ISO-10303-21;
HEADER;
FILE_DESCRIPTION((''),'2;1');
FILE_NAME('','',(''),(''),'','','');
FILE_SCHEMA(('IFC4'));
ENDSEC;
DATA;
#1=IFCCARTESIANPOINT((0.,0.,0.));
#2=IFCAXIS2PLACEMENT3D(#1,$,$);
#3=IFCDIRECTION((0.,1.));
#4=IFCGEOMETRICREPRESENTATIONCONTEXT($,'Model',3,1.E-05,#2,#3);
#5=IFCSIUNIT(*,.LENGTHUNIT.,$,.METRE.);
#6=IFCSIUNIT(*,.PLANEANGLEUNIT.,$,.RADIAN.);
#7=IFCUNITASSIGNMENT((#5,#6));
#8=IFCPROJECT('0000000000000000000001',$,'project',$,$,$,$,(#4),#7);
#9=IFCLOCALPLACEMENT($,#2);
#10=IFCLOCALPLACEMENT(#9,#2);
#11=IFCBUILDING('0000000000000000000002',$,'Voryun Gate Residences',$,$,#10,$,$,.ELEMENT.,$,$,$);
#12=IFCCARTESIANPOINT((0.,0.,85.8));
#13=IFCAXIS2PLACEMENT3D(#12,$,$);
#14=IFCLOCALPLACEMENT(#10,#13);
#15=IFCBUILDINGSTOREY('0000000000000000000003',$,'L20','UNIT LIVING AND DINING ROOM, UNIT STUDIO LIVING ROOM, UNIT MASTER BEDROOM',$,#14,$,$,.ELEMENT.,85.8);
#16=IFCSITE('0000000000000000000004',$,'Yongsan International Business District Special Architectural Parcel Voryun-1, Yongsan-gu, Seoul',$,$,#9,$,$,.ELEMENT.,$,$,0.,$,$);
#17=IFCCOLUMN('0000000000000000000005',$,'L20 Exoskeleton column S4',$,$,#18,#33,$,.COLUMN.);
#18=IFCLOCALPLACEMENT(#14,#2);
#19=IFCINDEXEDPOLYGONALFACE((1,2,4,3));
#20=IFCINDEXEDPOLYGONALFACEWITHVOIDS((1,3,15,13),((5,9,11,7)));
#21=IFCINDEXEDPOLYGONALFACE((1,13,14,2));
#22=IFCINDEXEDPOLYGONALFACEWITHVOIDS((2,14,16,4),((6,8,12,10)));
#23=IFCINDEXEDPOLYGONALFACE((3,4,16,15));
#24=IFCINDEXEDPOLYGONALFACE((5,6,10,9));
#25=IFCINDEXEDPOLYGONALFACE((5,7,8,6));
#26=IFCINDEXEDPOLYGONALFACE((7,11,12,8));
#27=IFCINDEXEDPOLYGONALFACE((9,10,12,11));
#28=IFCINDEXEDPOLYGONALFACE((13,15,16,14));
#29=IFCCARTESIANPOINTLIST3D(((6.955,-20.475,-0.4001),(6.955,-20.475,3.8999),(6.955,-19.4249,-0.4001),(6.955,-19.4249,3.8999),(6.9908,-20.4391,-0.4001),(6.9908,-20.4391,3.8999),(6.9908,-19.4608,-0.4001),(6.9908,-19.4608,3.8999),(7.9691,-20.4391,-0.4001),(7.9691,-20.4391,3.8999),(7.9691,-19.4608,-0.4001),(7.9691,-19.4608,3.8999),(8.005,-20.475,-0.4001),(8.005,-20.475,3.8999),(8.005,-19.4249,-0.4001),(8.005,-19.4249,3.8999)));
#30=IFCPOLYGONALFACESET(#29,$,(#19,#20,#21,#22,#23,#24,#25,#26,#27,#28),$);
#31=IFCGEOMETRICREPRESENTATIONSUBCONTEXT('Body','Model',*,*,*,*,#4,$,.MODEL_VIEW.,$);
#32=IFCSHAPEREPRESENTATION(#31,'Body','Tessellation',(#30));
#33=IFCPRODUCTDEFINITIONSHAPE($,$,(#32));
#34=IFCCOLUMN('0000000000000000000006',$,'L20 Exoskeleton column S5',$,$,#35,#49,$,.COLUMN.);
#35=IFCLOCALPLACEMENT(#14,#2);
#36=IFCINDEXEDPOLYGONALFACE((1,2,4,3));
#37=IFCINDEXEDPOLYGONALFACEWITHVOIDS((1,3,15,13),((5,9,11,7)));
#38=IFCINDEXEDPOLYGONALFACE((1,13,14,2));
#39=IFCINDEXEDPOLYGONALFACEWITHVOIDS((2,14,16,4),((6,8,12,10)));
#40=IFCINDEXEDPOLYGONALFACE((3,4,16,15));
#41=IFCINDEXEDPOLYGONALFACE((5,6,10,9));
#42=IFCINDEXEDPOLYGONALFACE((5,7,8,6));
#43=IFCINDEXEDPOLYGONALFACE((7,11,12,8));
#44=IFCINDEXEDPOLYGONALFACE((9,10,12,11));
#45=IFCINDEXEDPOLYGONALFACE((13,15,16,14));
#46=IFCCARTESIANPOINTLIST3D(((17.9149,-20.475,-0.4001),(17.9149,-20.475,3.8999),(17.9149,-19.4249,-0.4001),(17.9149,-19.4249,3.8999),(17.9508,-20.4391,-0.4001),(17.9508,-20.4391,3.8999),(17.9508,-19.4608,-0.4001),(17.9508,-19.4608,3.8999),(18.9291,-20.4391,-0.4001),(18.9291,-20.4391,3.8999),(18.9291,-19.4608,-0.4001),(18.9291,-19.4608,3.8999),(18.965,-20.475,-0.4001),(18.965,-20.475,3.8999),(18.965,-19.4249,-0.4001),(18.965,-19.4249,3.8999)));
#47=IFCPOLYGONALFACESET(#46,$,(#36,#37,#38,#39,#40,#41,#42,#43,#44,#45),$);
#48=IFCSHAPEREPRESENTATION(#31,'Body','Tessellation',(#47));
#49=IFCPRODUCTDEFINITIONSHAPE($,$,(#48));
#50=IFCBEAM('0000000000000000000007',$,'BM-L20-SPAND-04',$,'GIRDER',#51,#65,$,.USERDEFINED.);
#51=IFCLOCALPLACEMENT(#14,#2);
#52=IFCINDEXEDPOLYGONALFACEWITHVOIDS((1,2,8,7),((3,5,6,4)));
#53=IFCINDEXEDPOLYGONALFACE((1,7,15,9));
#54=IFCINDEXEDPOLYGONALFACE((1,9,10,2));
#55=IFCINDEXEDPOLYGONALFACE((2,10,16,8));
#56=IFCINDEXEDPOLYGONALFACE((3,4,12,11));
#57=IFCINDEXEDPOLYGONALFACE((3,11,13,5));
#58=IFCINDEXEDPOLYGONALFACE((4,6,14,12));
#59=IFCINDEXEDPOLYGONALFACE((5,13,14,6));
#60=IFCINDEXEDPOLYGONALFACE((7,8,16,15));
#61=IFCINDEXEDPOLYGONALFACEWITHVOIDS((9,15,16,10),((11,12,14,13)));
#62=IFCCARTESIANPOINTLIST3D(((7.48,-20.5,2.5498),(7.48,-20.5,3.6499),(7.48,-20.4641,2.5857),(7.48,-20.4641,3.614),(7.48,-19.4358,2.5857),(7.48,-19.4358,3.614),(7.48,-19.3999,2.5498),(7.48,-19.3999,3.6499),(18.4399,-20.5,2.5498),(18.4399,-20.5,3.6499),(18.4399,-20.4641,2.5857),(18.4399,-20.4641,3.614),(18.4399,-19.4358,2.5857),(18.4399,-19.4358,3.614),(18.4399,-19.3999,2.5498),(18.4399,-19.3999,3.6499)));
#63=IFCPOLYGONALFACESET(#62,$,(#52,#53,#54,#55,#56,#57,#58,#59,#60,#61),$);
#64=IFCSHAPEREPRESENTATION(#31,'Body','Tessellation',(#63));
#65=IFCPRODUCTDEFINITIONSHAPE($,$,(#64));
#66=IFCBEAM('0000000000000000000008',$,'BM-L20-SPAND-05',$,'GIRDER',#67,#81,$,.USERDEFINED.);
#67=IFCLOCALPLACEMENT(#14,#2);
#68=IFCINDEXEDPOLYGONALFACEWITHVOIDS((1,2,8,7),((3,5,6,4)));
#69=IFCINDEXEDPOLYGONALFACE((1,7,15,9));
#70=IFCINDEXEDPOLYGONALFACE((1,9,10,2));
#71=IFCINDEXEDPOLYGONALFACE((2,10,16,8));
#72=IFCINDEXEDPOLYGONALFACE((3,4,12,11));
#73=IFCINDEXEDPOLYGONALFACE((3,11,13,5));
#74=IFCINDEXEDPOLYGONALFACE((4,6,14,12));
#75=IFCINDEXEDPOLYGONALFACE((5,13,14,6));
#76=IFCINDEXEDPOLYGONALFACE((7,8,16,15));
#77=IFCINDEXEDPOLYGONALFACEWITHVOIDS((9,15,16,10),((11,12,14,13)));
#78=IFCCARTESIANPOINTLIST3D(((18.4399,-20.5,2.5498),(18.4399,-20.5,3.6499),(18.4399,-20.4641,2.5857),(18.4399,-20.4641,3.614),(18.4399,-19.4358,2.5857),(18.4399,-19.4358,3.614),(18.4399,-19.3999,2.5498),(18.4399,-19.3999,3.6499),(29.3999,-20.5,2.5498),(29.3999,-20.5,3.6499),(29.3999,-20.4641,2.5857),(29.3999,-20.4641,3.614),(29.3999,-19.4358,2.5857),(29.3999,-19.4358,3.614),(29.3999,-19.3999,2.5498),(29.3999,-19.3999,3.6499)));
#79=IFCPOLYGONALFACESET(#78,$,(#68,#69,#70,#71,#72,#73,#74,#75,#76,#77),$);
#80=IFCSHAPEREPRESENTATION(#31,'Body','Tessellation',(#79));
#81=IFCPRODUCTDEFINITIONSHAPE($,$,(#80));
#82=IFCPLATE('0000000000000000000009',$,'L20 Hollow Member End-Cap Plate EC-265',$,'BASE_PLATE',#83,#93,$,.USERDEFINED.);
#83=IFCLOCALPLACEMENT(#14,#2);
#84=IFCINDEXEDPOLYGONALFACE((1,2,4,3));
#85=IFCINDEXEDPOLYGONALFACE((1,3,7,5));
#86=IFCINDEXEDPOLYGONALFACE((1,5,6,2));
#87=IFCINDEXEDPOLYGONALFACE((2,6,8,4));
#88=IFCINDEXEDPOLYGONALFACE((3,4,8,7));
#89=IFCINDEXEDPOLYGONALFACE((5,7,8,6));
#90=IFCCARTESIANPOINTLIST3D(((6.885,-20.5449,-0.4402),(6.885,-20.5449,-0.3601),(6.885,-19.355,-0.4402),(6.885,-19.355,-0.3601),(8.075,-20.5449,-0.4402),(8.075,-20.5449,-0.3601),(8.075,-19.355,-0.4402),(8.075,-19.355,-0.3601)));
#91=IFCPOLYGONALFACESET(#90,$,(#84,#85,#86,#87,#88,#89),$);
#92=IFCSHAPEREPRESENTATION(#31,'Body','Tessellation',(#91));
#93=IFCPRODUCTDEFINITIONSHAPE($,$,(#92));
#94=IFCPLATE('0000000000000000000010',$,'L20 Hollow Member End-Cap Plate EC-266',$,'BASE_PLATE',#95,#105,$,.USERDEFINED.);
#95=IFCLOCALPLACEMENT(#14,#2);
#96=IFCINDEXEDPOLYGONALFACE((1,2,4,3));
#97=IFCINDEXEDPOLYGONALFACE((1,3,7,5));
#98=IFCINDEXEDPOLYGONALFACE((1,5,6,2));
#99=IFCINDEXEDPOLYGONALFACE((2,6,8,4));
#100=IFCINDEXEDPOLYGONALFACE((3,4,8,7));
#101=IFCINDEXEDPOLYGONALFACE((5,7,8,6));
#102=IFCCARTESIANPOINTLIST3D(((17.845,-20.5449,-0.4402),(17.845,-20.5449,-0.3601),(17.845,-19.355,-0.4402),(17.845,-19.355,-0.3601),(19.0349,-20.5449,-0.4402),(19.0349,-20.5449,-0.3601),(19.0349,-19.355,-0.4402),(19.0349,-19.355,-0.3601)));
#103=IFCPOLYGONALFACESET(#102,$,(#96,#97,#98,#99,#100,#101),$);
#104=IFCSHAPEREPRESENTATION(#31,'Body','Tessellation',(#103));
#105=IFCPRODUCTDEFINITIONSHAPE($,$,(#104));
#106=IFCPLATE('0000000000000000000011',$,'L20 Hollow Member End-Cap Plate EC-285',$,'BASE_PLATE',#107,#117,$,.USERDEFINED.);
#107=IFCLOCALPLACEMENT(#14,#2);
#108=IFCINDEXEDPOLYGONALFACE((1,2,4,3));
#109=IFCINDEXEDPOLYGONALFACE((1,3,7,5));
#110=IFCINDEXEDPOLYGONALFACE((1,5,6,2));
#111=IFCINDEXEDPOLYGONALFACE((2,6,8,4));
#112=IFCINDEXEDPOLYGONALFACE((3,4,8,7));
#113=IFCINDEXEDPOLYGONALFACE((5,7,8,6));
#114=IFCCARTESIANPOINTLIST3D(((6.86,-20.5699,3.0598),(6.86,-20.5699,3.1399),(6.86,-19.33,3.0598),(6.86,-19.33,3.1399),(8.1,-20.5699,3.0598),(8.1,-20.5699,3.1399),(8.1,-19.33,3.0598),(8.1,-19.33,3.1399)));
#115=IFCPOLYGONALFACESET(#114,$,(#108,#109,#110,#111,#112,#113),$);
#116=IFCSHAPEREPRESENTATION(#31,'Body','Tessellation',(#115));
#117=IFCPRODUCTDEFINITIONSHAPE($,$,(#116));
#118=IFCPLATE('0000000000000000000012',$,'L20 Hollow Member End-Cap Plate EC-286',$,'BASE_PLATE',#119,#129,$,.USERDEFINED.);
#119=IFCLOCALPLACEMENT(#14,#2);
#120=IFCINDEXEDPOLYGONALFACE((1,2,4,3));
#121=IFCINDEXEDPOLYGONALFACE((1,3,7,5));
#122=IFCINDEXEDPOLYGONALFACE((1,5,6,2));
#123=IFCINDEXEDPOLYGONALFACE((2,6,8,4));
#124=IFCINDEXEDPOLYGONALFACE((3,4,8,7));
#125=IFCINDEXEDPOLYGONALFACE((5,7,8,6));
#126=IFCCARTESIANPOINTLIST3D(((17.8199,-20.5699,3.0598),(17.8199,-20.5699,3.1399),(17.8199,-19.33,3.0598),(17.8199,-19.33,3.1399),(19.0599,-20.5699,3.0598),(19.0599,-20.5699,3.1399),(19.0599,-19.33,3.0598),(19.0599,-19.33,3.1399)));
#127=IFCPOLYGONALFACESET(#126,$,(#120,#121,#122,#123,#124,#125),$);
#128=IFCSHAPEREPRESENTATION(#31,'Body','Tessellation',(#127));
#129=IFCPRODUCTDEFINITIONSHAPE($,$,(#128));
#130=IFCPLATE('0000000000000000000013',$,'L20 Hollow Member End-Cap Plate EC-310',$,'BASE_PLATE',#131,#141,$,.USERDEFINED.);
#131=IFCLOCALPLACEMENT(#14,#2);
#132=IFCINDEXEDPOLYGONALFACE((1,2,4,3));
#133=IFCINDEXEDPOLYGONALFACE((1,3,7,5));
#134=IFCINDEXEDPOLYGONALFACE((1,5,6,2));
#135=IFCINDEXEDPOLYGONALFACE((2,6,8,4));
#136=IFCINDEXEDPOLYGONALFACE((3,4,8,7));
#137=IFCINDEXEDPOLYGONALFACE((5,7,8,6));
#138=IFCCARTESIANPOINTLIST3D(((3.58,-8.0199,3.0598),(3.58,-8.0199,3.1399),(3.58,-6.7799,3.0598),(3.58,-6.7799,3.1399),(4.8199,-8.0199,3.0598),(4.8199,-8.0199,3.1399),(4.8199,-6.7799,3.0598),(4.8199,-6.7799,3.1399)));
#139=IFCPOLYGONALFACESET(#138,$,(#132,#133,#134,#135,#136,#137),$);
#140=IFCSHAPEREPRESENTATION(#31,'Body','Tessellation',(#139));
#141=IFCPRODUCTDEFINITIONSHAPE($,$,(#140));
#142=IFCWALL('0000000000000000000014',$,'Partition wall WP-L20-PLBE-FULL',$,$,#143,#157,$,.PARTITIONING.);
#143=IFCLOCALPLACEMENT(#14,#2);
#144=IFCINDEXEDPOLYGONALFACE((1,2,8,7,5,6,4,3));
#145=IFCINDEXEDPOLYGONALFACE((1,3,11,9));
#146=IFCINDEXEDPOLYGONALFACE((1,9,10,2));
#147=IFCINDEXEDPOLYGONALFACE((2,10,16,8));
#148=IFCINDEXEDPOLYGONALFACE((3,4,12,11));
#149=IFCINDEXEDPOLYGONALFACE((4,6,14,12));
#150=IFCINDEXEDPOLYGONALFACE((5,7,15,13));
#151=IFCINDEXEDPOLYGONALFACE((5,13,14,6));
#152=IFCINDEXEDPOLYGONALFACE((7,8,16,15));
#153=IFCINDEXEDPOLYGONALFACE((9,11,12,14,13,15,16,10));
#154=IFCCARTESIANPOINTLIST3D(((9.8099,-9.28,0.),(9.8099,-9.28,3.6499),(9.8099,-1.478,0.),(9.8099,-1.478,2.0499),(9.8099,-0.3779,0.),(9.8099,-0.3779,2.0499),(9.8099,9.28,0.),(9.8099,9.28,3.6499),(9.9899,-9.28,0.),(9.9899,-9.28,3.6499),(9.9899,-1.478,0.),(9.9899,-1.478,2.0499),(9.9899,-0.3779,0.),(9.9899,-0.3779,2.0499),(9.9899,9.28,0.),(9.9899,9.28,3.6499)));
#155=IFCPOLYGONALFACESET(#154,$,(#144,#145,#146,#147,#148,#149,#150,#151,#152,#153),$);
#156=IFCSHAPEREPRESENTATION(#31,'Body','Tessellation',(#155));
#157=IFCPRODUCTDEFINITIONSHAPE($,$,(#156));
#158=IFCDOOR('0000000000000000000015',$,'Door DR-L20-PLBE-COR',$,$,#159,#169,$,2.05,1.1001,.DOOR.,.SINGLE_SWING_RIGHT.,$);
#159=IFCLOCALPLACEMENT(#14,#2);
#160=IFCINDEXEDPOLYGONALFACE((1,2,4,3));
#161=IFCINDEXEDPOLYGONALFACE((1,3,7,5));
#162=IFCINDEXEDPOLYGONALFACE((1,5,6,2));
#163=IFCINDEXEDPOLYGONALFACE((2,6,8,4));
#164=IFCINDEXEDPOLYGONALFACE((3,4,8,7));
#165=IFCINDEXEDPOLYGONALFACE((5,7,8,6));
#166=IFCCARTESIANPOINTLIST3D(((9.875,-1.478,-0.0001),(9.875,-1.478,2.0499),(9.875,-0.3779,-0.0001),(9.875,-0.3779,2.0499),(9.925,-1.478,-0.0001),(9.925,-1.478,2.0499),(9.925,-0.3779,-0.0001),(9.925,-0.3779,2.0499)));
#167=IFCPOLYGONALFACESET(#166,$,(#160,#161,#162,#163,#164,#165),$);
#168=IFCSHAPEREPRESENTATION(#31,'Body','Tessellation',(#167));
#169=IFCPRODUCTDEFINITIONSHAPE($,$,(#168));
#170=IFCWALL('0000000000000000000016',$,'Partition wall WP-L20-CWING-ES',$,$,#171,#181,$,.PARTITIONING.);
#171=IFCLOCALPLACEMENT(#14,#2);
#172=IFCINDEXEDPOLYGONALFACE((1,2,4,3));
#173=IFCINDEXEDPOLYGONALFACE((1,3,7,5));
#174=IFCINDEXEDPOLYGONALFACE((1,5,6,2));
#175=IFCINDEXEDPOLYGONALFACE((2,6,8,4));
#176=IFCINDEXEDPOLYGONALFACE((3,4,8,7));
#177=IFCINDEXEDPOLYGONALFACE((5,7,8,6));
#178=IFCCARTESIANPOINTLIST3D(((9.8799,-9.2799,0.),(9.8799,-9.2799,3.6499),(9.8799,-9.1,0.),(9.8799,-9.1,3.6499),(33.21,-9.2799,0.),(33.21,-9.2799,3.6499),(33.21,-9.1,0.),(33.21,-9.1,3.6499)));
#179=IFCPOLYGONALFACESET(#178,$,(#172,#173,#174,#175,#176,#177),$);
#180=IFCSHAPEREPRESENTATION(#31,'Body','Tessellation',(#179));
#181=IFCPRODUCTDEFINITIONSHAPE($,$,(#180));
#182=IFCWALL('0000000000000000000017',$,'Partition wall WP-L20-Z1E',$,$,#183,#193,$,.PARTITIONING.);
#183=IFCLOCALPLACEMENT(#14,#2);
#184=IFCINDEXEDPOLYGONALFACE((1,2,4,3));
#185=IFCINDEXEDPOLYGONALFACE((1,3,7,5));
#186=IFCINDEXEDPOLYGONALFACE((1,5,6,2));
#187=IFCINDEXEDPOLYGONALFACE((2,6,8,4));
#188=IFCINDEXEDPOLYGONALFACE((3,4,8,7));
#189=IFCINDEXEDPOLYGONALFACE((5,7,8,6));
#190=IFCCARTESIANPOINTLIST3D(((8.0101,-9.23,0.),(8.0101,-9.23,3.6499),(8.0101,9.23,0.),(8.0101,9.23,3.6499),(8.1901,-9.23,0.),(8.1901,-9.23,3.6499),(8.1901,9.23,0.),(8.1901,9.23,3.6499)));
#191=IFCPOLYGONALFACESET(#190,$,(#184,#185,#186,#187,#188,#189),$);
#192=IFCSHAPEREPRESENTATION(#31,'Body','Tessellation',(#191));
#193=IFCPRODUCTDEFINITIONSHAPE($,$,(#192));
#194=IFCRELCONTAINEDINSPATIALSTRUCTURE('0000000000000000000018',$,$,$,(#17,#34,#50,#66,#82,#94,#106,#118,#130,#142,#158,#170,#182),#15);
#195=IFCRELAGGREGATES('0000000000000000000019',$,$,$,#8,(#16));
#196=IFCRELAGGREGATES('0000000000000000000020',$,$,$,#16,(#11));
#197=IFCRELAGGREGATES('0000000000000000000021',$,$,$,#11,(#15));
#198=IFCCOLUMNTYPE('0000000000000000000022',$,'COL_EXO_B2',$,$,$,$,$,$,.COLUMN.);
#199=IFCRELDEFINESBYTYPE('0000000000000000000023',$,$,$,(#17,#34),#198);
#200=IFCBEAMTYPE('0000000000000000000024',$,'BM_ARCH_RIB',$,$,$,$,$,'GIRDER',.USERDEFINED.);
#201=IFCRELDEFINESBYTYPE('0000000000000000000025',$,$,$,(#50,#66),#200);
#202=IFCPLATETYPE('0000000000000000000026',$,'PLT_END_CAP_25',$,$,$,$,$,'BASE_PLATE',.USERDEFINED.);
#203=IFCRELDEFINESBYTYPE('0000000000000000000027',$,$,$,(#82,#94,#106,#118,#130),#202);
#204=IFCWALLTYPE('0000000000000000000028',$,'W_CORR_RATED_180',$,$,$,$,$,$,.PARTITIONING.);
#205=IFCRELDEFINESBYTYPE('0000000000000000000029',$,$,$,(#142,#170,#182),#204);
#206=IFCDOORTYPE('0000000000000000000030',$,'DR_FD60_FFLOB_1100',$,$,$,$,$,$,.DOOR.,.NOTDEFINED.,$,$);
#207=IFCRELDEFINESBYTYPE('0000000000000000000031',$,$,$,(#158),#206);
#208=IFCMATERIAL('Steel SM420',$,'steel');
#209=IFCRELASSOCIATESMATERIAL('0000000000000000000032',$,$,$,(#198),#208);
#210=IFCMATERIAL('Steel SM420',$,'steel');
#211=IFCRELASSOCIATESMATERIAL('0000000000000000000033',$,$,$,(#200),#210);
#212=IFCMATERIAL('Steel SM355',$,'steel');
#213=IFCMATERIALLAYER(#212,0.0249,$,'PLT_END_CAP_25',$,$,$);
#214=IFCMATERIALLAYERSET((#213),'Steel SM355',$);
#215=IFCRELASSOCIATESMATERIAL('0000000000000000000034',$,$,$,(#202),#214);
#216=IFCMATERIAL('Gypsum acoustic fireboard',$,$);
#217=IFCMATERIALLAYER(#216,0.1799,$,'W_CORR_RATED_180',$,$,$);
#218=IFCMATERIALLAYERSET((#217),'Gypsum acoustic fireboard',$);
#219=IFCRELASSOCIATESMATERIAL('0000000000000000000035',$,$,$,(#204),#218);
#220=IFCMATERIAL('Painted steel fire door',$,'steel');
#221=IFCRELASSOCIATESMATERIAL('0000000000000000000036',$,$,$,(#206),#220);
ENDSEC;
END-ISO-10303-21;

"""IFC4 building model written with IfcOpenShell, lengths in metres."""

from ifc_helpers import new_model, si_unit, direction, frame, frame_2d, origin, origin_2d, place, context, subcontext, project, spatial, rectangle, hollow_rectangle, extrude, material, layer, layer_set, material_profile, profile_set, type_object, element, fill, save


model = new_model("IFC4")

# Units and contexts
model_context = context("Model", 3, precision=1e-05, world=origin(), true_north=direction((0.0, 1.0)))
body_context = subcontext(model_context, "Body", "Model", "MODEL_VIEW")
ifc_project = project(units=[si_unit("LENGTHUNIT", "METRE"), si_unit("PLANEANGLEUNIT", "RADIAN")], contexts=[model_context])

# Site, building, storey
site_placement = place(None, origin())
site = spatial("IfcSite", under=ifc_project, at=site_placement, Name="Yongsan International Business District Special Architectural Parcel Voryun-1, Yongsan-gu, Seoul", CompositionType="ELEMENT", RefElevation=0.0)
building_placement = place(site_placement, origin())
building = spatial("IfcBuilding", under=site, at=building_placement, Name="Voryun Gate Residences", CompositionType="ELEMENT")
storey_placement = place(building_placement, frame((0.0, 0.0, 85.8)))
storey = spatial("IfcBuildingStorey", under=building, at=storey_placement, Name="L20", Description="UNIT LIVING AND DINING ROOM, UNIT STUDIO LIVING ROOM, UNIT MASTER BEDROOM", CompositionType="ELEMENT", Elevation=85.8)

# Columns
ifc_material_1 = material(Name="Steel SM420", Category="steel")
ifc_material_profile_1 = material_profile(ifc_material_1, hollow_rectangle(XDim=1.05, YDim=1.05, WallThickness=0.0359, at=origin_2d()), Name="BOX-1050x1050x36")
ifc_profile_set_1 = profile_set([ifc_material_profile_1], Name="Steel SM420")
column_type = type_object("IfcColumnType", Name="COL_EXO_B2", PredefinedType="COLUMN", material=ifc_profile_set_1)
for number, where, z_axis, x_axis, name in (
    (1, (7.48, -19.95, -0.4001), (0.0, 0.0, 1.0), (1.0, 0.0, 0.0), "L20 Exoskeleton column S4"),
    (2, (18.4399, -19.95, -0.4001), (0.0, 0.0, 1.0), (1.0, 0.0, 0.0), "L20 Exoskeleton column S5"),
):
    element("IfcColumn", number, at=place(storey_placement, frame(where, z_axis=z_axis, x_axis=x_axis)), inside=storey, type_object=column_type, Name=name, PredefinedType="COLUMN", context=body_context, shape_type="SweptSolid", body=[
        extrude(hollow_rectangle(XDim=1.05, YDim=1.05, WallThickness=0.0359, at=origin_2d()), origin(), (0.0, 0.0, 1.0), 4.3),
    ])

# Beams
ifc_material_2 = material(Name="Steel SM420", Category="steel")
ifc_material_profile_2 = material_profile(ifc_material_2, hollow_rectangle(XDim=1.1001, YDim=1.1001, WallThickness=0.0359, at=origin_2d()), Name="BOX-1100x1100x36")
ifc_profile_set_2 = profile_set([ifc_material_profile_2], Name="Steel SM420")
beam_type = type_object("IfcBeamType", Name="BM_ARCH_RIB", ElementType="GIRDER", PredefinedType="USERDEFINED", material=ifc_profile_set_2)
for number, where, z_axis, x_axis, name in (
    (3, (7.48, -19.95, 3.0999), (1.0, 0.0, 0.0), (0.0, 1.0, 0.0), "BM-L20-SPAND-04"),
    (4, (18.4399, -19.95, 3.0999), (1.0, 0.0, 0.0), (0.0, 1.0, 0.0), "BM-L20-SPAND-05"),
):
    element("IfcBeam", number, at=place(storey_placement, frame(where, z_axis=z_axis, x_axis=x_axis)), inside=storey, type_object=beam_type, Name=name, ObjectType="GIRDER", PredefinedType="USERDEFINED", context=body_context, shape_type="SweptSolid", body=[
        extrude(hollow_rectangle(XDim=1.1001, YDim=1.1001, WallThickness=0.0359, at=origin_2d()), origin(), (0.0, 0.0, 1.0), 10.96),
    ])

# Plates
ifc_material_3 = material(Name="Steel SM355", Category="steel")
ifc_layer_1 = layer(ifc_material_3, 0.0249, Name="PLT_END_CAP_25")
ifc_layer_set_1 = layer_set([ifc_layer_1], Name="Steel SM355")
plate_type = type_object("IfcPlateType", Name="PLT_END_CAP_25", ElementType="BASE_PLATE", PredefinedType="USERDEFINED", material=ifc_layer_set_1)
for number, where, z_axis, x_axis, name in (
    (5, (7.48, -19.95, -0.4402), (0.0, 0.0, 1.0), (1.0, 0.0, 0.0), "L20 Hollow Member End-Cap Plate EC-265"),
    (6, (18.4399, -19.95, -0.4402), (0.0, 0.0, 1.0), (1.0, 0.0, 0.0), "L20 Hollow Member End-Cap Plate EC-266"),
):
    element("IfcPlate", number, at=place(storey_placement, frame(where, z_axis=z_axis, x_axis=x_axis)), inside=storey, type_object=plate_type, Name=name, ObjectType="BASE_PLATE", PredefinedType="USERDEFINED", context=body_context, shape_type="SweptSolid", body=[
        extrude(rectangle(XDim=1.1899, YDim=1.1899, at=origin_2d()), origin(), (0.0, 0.0, 1.0), 0.0801),
    ])
for number, where, z_axis, x_axis, name in (
    (7, (7.48, -19.95, 3.0598), (0.0, 0.0, 1.0), (1.0, 0.0, 0.0), "L20 Hollow Member End-Cap Plate EC-285"),
    (8, (18.4399, -19.95, 3.0598), (0.0, 0.0, 1.0), (1.0, 0.0, 0.0), "L20 Hollow Member End-Cap Plate EC-286"),
    (9, (4.2, -7.3999, 3.0598), (0.0, 0.0, 1.0), (1.0, 0.0, 0.0), "L20 Hollow Member End-Cap Plate EC-310"),
):
    element("IfcPlate", number, at=place(storey_placement, frame(where, z_axis=z_axis, x_axis=x_axis)), inside=storey, type_object=plate_type, Name=name, ObjectType="BASE_PLATE", PredefinedType="USERDEFINED", context=body_context, shape_type="SweptSolid", body=[
        extrude(rectangle(XDim=1.24, YDim=1.24, at=origin_2d()), origin(), (0.0, 0.0, 1.0), 0.0801),
    ])

# Wall, opening, door
ifc_material_4 = material(Name="Gypsum acoustic fireboard")
ifc_layer_2 = layer(ifc_material_4, 0.1799, Name="W_CORR_RATED_180")
ifc_layer_set_2 = layer_set([ifc_layer_2], Name="Gypsum acoustic fireboard")
wall_type_1 = type_object("IfcWallType", Name="W_CORR_RATED_180", PredefinedType="PARTITIONING", material=ifc_layer_set_2)
wall_1_placement = place(storey_placement, frame((9.8999, -9.28, 0.0), z_axis=(0.0, 0.0, 1.0), x_axis=(0.0, 1.0, 0.0)))
wall_1 = element("IfcWall", 10, at=wall_1_placement, inside=storey, type_object=wall_type_1, Name="Partition wall WP-L20-PLBE-FULL", PredefinedType="PARTITIONING", context=body_context, shape_type="SweptSolid", body=[
    extrude(rectangle(XDim=18.5601, YDim=0.1799, at=frame_2d((9.28, 0.0))), origin(), (0.0, 0.0, 1.0), 3.6499),
])
opening_1_placement = place(wall_1_placement, frame((7.802, 0.0, 0.0)))
opening_1 = element("IfcOpeningElement", 11, at=opening_1_placement, cuts=wall_1, PredefinedType="OPENING", context=body_context, shape_type="SweptSolid", body=[
    extrude(rectangle(XDim=1.1001, YDim=2.05, at=frame_2d((0.55, 1.0249))), frame((0.0, 0.0999, 0.0), z_axis=(0.0, -1.0, 0.0), x_axis=(1.0, 0.0, 0.0)), (0.0, 0.0, 1.0), 0.2),
])
ifc_material_5 = material(Name="Painted steel fire door", Category="steel")
door_type_1 = type_object("IfcDoorType", Name="DR_FD60_FFLOB_1100", OperationType="NOTDEFINED", PredefinedType="DOOR", material=ifc_material_5)
door_1_placement = place(opening_1_placement, origin())
door_1 = element("IfcDoor", 12, at=door_1_placement, inside=storey, type_object=door_type_1, Name="Door DR-L20-PLBE-COR", OperationType="SINGLE_SWING_RIGHT", OverallHeight=2.05, OverallWidth=1.1001, PredefinedType="DOOR", context=body_context, shape_type="SweptSolid", body=[
    extrude(rectangle(XDim=1.1001, YDim=2.05, at=frame_2d((0.55, 1.0249))), frame((0.0, 0.0249, 0.0), z_axis=(0.0, -1.0, 0.0), x_axis=(1.0, 0.0, 0.0)), (0.0, 0.0, 1.0), 0.05),
])
fill(opening_1, door_1)

# Walls
wall_2_placement = place(storey_placement, frame((9.8799, -9.1899, 0.0), z_axis=(0.0, 0.0, 1.0), x_axis=(1.0, 0.0, 0.0)))
element("IfcWall", 13, at=wall_2_placement, inside=storey, type_object=wall_type_1, Name="Partition wall WP-L20-CWING-ES", PredefinedType="PARTITIONING", context=body_context, shape_type="SweptSolid", body=[
    extrude(rectangle(XDim=23.3301, YDim=0.1799, at=frame_2d((11.665, 0.0))), origin(), (0.0, 0.0, 1.0), 3.6499),
])
wall_3_placement = place(storey_placement, frame((8.1001, -9.23, 0.0), z_axis=(0.0, 0.0, 1.0), x_axis=(0.0, 1.0, 0.0)))
element("IfcWall", 14, at=wall_3_placement, inside=storey, type_object=wall_type_1, Name="Partition wall WP-L20-Z1E", PredefinedType="PARTITIONING", context=body_context, shape_type="SweptSolid", body=[
    extrude(rectangle(XDim=18.46, YDim=0.1799, at=frame_2d((9.23, 0.0))), origin(), (0.0, 0.0, 1.0), 3.6499),
])

save(model, "model.ifc")
